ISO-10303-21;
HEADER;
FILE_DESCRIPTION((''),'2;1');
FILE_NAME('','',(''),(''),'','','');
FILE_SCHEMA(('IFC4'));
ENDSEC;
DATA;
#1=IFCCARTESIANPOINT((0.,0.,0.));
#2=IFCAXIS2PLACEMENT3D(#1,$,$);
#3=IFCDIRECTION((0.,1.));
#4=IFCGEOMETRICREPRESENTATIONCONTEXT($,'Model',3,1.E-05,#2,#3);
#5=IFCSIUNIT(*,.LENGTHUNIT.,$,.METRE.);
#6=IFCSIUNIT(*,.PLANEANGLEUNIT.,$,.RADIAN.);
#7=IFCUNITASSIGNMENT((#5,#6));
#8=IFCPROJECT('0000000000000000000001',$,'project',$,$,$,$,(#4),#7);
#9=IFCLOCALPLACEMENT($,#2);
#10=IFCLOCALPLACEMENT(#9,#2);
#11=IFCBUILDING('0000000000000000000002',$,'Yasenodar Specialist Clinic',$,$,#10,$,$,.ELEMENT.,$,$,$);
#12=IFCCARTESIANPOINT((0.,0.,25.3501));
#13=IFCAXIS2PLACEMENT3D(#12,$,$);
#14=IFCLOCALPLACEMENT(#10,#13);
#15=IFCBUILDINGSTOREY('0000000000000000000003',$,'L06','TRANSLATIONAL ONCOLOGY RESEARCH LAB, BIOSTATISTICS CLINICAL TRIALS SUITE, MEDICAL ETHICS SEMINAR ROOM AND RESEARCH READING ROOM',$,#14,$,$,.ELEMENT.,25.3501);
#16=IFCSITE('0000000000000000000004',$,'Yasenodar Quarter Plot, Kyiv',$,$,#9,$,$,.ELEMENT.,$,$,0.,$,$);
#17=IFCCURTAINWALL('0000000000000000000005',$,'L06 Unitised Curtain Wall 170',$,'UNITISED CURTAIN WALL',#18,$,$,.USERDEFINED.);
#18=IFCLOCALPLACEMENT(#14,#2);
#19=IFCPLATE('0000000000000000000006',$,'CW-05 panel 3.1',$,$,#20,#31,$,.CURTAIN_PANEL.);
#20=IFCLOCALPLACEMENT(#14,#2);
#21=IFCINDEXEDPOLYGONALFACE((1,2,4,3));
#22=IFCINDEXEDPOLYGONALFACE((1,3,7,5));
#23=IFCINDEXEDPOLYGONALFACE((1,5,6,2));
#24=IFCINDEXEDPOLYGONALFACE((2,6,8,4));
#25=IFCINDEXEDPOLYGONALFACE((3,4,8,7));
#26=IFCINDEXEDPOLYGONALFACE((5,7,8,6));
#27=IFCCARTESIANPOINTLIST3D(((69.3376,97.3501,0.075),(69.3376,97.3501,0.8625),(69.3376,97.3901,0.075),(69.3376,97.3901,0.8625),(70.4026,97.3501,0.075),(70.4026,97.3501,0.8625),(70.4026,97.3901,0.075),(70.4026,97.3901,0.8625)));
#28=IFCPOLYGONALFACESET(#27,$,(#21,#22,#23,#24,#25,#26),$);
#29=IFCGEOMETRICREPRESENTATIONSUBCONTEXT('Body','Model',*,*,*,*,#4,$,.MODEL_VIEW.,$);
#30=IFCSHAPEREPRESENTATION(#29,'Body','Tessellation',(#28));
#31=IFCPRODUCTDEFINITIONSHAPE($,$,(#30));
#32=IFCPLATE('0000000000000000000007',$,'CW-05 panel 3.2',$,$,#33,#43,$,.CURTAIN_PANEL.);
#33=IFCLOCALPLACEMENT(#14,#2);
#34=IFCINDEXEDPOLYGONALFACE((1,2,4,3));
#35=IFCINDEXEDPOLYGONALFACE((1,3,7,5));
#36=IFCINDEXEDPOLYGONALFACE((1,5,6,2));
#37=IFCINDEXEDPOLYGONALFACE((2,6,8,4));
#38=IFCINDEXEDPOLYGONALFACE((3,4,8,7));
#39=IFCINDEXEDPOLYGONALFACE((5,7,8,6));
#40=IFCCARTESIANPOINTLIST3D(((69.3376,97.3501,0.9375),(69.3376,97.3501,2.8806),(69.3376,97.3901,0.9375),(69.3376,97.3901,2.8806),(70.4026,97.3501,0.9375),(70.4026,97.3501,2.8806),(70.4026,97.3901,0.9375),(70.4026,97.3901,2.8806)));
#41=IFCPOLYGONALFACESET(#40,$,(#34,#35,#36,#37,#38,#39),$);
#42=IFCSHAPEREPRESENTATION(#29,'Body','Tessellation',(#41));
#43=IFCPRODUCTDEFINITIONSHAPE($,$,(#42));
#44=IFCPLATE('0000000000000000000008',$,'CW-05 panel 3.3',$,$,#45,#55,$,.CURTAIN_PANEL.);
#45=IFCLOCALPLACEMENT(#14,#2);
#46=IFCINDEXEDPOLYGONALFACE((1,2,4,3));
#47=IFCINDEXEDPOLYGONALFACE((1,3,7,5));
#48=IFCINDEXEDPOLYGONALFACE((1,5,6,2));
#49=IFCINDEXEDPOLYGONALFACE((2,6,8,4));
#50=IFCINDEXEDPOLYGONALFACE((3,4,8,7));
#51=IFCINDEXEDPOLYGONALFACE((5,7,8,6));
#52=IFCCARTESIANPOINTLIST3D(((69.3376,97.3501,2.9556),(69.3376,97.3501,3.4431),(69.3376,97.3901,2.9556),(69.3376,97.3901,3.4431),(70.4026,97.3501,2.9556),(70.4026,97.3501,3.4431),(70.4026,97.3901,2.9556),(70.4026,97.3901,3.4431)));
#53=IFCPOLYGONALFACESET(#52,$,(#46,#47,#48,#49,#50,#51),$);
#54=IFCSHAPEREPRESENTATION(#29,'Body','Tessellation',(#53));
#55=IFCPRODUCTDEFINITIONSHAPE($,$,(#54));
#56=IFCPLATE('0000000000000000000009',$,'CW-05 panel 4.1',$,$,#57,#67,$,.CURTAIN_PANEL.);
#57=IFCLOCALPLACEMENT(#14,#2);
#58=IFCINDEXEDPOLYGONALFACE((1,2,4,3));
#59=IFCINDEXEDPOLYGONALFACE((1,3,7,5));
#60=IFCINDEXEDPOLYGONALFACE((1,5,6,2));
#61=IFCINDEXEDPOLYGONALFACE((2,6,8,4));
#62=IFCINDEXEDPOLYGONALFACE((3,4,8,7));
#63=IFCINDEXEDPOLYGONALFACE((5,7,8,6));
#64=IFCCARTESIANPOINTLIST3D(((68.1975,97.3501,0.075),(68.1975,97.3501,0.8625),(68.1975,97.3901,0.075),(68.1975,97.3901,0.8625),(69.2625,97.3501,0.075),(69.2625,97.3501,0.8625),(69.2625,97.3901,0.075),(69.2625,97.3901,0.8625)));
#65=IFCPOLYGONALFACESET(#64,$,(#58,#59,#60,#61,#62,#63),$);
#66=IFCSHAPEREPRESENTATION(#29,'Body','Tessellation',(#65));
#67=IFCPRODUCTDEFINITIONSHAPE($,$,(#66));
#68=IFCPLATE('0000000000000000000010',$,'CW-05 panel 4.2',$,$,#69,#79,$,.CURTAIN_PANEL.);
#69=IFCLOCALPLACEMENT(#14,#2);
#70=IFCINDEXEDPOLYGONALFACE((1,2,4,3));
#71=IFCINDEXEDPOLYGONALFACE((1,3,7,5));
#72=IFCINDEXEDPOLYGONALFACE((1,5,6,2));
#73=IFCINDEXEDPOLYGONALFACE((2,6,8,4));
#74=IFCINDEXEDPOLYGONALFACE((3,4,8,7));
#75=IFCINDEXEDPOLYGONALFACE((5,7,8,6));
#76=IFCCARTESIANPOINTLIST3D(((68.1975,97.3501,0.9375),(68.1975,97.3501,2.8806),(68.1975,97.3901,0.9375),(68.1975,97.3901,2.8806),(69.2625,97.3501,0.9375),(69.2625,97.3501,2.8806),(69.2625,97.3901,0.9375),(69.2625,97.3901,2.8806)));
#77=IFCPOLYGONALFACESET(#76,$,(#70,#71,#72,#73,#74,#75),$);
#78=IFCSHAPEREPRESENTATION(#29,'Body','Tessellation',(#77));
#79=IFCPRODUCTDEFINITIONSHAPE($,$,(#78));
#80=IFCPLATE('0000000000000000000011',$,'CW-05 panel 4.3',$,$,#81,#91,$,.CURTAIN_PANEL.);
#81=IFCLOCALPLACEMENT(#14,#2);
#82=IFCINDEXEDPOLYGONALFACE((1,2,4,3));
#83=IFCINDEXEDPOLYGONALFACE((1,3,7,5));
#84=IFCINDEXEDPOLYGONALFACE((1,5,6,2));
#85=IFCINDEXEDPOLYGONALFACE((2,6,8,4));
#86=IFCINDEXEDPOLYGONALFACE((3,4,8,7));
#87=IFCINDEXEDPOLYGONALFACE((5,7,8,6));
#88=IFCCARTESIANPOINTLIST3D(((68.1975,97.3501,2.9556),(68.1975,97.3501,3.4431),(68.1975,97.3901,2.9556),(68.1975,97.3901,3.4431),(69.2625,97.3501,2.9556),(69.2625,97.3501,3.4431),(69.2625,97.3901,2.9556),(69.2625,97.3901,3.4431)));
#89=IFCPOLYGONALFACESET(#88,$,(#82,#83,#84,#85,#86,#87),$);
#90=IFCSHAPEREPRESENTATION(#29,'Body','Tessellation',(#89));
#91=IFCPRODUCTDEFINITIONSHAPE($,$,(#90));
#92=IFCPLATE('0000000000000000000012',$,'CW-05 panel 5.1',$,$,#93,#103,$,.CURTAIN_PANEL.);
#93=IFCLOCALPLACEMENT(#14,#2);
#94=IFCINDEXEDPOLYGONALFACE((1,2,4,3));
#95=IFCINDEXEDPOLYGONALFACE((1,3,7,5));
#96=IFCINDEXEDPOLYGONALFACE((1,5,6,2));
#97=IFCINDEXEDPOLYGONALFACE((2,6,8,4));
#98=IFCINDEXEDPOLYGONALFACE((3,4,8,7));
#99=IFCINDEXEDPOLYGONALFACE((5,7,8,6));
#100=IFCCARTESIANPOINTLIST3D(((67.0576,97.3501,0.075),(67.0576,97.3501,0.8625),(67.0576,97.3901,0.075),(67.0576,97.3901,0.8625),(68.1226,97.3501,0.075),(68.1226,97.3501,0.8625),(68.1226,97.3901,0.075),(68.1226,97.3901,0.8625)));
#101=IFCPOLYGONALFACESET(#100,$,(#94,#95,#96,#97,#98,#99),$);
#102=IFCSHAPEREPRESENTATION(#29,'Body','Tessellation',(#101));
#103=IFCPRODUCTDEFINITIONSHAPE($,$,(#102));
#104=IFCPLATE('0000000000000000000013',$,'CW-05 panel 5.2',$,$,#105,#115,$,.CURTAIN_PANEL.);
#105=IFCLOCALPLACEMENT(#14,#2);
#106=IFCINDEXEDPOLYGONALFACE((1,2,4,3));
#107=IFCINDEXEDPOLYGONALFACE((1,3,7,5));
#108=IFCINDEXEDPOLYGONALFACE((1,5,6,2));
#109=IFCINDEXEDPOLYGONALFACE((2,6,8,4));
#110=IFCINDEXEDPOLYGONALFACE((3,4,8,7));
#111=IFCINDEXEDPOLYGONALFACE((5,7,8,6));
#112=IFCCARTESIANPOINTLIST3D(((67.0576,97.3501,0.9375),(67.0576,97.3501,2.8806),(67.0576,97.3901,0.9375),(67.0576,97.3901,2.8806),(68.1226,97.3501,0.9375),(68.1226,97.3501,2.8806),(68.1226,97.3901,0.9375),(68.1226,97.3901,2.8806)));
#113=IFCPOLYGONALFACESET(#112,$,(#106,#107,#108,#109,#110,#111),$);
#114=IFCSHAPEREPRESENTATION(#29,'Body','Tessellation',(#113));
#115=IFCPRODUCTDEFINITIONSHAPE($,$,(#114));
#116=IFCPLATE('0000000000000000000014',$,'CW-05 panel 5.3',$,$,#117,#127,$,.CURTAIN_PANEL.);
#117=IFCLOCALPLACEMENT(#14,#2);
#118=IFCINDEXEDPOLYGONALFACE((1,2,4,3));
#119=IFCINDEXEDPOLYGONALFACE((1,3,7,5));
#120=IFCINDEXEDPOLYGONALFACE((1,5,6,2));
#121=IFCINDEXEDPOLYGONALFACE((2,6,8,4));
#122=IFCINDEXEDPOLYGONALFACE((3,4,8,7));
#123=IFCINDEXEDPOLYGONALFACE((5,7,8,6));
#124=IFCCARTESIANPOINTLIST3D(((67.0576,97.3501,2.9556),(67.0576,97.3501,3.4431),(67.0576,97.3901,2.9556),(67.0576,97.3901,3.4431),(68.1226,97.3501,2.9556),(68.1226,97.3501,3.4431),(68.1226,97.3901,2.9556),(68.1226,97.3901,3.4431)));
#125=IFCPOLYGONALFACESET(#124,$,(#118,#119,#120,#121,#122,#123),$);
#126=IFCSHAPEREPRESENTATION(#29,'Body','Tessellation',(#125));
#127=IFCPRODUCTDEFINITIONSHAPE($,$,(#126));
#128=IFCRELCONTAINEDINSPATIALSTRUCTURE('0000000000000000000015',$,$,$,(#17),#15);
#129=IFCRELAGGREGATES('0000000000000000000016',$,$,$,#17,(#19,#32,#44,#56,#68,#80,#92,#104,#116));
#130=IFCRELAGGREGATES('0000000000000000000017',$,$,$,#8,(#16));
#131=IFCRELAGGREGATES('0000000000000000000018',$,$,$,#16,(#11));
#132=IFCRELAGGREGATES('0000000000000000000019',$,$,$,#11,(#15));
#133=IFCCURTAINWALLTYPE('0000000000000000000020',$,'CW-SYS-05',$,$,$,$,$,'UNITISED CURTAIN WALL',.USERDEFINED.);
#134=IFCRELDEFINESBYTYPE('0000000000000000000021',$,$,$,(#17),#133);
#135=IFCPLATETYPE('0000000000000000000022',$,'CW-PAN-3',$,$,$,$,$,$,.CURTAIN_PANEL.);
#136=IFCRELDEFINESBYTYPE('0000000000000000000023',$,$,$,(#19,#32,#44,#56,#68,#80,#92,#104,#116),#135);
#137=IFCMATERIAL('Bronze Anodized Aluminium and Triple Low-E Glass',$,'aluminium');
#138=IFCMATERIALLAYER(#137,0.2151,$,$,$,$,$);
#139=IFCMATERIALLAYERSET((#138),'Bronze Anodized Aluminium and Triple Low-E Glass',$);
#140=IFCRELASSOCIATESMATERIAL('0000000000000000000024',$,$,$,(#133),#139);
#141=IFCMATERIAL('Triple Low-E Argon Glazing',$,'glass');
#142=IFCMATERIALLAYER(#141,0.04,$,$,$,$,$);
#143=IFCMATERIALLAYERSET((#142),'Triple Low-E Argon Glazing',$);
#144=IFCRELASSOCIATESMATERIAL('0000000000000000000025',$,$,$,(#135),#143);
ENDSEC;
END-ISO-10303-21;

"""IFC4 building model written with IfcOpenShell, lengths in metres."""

from ifc_helpers import new_model, si_unit, direction, frame, origin, origin_2d, place, context, subcontext, project, spatial, rectangle, extrude, material, layer, layer_set, type_object, element, aggregate, save


model = new_model("IFC4")

# Units and contexts
model_context = context("Model", 3, precision=1e-05, world=origin(), true_north=direction((0.0, 1.0)))
body_context = subcontext(model_context, "Body", "Model", "MODEL_VIEW")
ifc_project = project(units=[si_unit("LENGTHUNIT", "METRE"), si_unit("PLANEANGLEUNIT", "RADIAN")], contexts=[model_context])

# Site, building, storey
site_placement = place(None, origin())
site = spatial("IfcSite", under=ifc_project, at=site_placement, Name="Yasenodar Quarter Plot, Kyiv", CompositionType="ELEMENT", RefElevation=0.0)
building_placement = place(site_placement, origin())
building = spatial("IfcBuilding", under=site, at=building_placement, Name="Yasenodar Specialist Clinic", CompositionType="ELEMENT")
storey_placement = place(building_placement, frame((0.0, 0.0, 25.3501)))
storey = spatial("IfcBuildingStorey", under=building, at=storey_placement, Name="L06", Description="TRANSLATIONAL ONCOLOGY RESEARCH LAB, BIOSTATISTICS CLINICAL TRIALS SUITE, MEDICAL ETHICS SEMINAR ROOM AND RESEARCH READING ROOM", CompositionType="ELEMENT", Elevation=25.3501)

# Curtain wall, plates
ifc_material_1 = material(Name="Bronze Anodized Aluminium and Triple Low-E Glass", Category="aluminium")
ifc_layer_1 = layer(ifc_material_1, 0.2151)
ifc_layer_set_1 = layer_set([ifc_layer_1], Name="Bronze Anodized Aluminium and Triple Low-E Glass")
curtain_wall_type = type_object("IfcCurtainWallType", Name="CW-SYS-05", ElementType="UNITISED CURTAIN WALL", PredefinedType="USERDEFINED", material=ifc_layer_set_1)
curtain_wall_placement = place(storey_placement, origin())
curtain_wall = element("IfcCurtainWall", 1, at=curtain_wall_placement, inside=storey, type_object=curtain_wall_type, Name="L06 Unitised Curtain Wall 170", ObjectType="UNITISED CURTAIN WALL", PredefinedType="USERDEFINED")
ifc_material_2 = material(Name="Triple Low-E Argon Glazing", Category="glass")
ifc_layer_2 = layer(ifc_material_2, 0.04)
ifc_layer_set_2 = layer_set([ifc_layer_2], Name="Triple Low-E Argon Glazing")
plate_type = type_object("IfcPlateType", Name="CW-PAN-3", PredefinedType="CURTAIN_PANEL", material=ifc_layer_set_2)
plate_1_placement = place(storey_placement, frame((69.8701, 97.3701, 0.075), z_axis=(0.0, 0.0, 1.0), x_axis=(-1.0, 0.0, 0.0)))
plate_1 = element("IfcPlate", 2, at=plate_1_placement, type_object=plate_type, Name="CW-05 panel 3.1", PredefinedType="CURTAIN_PANEL", context=body_context, shape_type="SweptSolid", body=[
    extrude(rectangle(XDim=1.0649, YDim=0.04, at=origin_2d()), origin(), (0.0, 0.0, 1.0), 0.7876),
])
plate_2_placement = place(storey_placement, frame((69.8701, 97.3701, 0.9375), z_axis=(0.0, 0.0, 1.0), x_axis=(-1.0, 0.0, 0.0)))
plate_2 = element("IfcPlate", 3, at=plate_2_placement, type_object=plate_type, Name="CW-05 panel 3.2", PredefinedType="CURTAIN_PANEL", context=body_context, shape_type="SweptSolid", body=[
    extrude(rectangle(XDim=1.0649, YDim=0.04, at=origin_2d()), origin(), (0.0, 0.0, 1.0), 1.9431),
])
plate_3_placement = place(storey_placement, frame((69.8701, 97.3701, 2.9556), z_axis=(0.0, 0.0, 1.0), x_axis=(-1.0, 0.0, 0.0)))
plate_3 = element("IfcPlate", 4, at=plate_3_placement, type_object=plate_type, Name="CW-05 panel 3.3", PredefinedType="CURTAIN_PANEL", context=body_context, shape_type="SweptSolid", body=[
    extrude(rectangle(XDim=1.0649, YDim=0.04, at=origin_2d()), origin(), (0.0, 0.0, 1.0), 0.4875),
])
plate_4_placement = place(storey_placement, frame((68.73, 97.3701, 0.075), z_axis=(0.0, 0.0, 1.0), x_axis=(-1.0, 0.0, 0.0)))
plate_4 = element("IfcPlate", 5, at=plate_4_placement, type_object=plate_type, Name="CW-05 panel 4.1", PredefinedType="CURTAIN_PANEL", context=body_context, shape_type="SweptSolid", body=[
    extrude(rectangle(XDim=1.0649, YDim=0.04, at=origin_2d()), origin(), (0.0, 0.0, 1.0), 0.7876),
])
plate_5_placement = place(storey_placement, frame((68.73, 97.3701, 0.9375), z_axis=(0.0, 0.0, 1.0), x_axis=(-1.0, 0.0, 0.0)))
plate_5 = element("IfcPlate", 6, at=plate_5_placement, type_object=plate_type, Name="CW-05 panel 4.2", PredefinedType="CURTAIN_PANEL", context=body_context, shape_type="SweptSolid", body=[
    extrude(rectangle(XDim=1.0649, YDim=0.04, at=origin_2d()), origin(), (0.0, 0.0, 1.0), 1.9431),
])
plate_6_placement = place(storey_placement, frame((68.73, 97.3701, 2.9556), z_axis=(0.0, 0.0, 1.0), x_axis=(-1.0, 0.0, 0.0)))
plate_6 = element("IfcPlate", 7, at=plate_6_placement, type_object=plate_type, Name="CW-05 panel 4.3", PredefinedType="CURTAIN_PANEL", context=body_context, shape_type="SweptSolid", body=[
    extrude(rectangle(XDim=1.0649, YDim=0.04, at=origin_2d()), origin(), (0.0, 0.0, 1.0), 0.4875),
])
plate_7_placement = place(storey_placement, frame((67.5901, 97.3701, 0.075), z_axis=(0.0, 0.0, 1.0), x_axis=(-1.0, 0.0, 0.0)))
plate_7 = element("IfcPlate", 8, at=plate_7_placement, type_object=plate_type, Name="CW-05 panel 5.1", PredefinedType="CURTAIN_PANEL", context=body_context, shape_type="SweptSolid", body=[
    extrude(rectangle(XDim=1.0649, YDim=0.04, at=origin_2d()), origin(), (0.0, 0.0, 1.0), 0.7876),
])
plate_8_placement = place(storey_placement, frame((67.5901, 97.3701, 0.9375), z_axis=(0.0, 0.0, 1.0), x_axis=(-1.0, 0.0, 0.0)))
plate_8 = element("IfcPlate", 9, at=plate_8_placement, type_object=plate_type, Name="CW-05 panel 5.2", PredefinedType="CURTAIN_PANEL", context=body_context, shape_type="SweptSolid", body=[
    extrude(rectangle(XDim=1.0649, YDim=0.04, at=origin_2d()), origin(), (0.0, 0.0, 1.0), 1.9431),
])
plate_9_placement = place(storey_placement, frame((67.5901, 97.3701, 2.9556), z_axis=(0.0, 0.0, 1.0), x_axis=(-1.0, 0.0, 0.0)))
plate_9 = element("IfcPlate", 10, at=plate_9_placement, type_object=plate_type, Name="CW-05 panel 5.3", PredefinedType="CURTAIN_PANEL", context=body_context, shape_type="SweptSolid", body=[
    extrude(rectangle(XDim=1.0649, YDim=0.04, at=origin_2d()), origin(), (0.0, 0.0, 1.0), 0.4875),
])
aggregate(curtain_wall, [plate_1, plate_2, plate_3, plate_4, plate_5, plate_6, plate_7, plate_8, plate_9])

save(model, "model.ifc")
